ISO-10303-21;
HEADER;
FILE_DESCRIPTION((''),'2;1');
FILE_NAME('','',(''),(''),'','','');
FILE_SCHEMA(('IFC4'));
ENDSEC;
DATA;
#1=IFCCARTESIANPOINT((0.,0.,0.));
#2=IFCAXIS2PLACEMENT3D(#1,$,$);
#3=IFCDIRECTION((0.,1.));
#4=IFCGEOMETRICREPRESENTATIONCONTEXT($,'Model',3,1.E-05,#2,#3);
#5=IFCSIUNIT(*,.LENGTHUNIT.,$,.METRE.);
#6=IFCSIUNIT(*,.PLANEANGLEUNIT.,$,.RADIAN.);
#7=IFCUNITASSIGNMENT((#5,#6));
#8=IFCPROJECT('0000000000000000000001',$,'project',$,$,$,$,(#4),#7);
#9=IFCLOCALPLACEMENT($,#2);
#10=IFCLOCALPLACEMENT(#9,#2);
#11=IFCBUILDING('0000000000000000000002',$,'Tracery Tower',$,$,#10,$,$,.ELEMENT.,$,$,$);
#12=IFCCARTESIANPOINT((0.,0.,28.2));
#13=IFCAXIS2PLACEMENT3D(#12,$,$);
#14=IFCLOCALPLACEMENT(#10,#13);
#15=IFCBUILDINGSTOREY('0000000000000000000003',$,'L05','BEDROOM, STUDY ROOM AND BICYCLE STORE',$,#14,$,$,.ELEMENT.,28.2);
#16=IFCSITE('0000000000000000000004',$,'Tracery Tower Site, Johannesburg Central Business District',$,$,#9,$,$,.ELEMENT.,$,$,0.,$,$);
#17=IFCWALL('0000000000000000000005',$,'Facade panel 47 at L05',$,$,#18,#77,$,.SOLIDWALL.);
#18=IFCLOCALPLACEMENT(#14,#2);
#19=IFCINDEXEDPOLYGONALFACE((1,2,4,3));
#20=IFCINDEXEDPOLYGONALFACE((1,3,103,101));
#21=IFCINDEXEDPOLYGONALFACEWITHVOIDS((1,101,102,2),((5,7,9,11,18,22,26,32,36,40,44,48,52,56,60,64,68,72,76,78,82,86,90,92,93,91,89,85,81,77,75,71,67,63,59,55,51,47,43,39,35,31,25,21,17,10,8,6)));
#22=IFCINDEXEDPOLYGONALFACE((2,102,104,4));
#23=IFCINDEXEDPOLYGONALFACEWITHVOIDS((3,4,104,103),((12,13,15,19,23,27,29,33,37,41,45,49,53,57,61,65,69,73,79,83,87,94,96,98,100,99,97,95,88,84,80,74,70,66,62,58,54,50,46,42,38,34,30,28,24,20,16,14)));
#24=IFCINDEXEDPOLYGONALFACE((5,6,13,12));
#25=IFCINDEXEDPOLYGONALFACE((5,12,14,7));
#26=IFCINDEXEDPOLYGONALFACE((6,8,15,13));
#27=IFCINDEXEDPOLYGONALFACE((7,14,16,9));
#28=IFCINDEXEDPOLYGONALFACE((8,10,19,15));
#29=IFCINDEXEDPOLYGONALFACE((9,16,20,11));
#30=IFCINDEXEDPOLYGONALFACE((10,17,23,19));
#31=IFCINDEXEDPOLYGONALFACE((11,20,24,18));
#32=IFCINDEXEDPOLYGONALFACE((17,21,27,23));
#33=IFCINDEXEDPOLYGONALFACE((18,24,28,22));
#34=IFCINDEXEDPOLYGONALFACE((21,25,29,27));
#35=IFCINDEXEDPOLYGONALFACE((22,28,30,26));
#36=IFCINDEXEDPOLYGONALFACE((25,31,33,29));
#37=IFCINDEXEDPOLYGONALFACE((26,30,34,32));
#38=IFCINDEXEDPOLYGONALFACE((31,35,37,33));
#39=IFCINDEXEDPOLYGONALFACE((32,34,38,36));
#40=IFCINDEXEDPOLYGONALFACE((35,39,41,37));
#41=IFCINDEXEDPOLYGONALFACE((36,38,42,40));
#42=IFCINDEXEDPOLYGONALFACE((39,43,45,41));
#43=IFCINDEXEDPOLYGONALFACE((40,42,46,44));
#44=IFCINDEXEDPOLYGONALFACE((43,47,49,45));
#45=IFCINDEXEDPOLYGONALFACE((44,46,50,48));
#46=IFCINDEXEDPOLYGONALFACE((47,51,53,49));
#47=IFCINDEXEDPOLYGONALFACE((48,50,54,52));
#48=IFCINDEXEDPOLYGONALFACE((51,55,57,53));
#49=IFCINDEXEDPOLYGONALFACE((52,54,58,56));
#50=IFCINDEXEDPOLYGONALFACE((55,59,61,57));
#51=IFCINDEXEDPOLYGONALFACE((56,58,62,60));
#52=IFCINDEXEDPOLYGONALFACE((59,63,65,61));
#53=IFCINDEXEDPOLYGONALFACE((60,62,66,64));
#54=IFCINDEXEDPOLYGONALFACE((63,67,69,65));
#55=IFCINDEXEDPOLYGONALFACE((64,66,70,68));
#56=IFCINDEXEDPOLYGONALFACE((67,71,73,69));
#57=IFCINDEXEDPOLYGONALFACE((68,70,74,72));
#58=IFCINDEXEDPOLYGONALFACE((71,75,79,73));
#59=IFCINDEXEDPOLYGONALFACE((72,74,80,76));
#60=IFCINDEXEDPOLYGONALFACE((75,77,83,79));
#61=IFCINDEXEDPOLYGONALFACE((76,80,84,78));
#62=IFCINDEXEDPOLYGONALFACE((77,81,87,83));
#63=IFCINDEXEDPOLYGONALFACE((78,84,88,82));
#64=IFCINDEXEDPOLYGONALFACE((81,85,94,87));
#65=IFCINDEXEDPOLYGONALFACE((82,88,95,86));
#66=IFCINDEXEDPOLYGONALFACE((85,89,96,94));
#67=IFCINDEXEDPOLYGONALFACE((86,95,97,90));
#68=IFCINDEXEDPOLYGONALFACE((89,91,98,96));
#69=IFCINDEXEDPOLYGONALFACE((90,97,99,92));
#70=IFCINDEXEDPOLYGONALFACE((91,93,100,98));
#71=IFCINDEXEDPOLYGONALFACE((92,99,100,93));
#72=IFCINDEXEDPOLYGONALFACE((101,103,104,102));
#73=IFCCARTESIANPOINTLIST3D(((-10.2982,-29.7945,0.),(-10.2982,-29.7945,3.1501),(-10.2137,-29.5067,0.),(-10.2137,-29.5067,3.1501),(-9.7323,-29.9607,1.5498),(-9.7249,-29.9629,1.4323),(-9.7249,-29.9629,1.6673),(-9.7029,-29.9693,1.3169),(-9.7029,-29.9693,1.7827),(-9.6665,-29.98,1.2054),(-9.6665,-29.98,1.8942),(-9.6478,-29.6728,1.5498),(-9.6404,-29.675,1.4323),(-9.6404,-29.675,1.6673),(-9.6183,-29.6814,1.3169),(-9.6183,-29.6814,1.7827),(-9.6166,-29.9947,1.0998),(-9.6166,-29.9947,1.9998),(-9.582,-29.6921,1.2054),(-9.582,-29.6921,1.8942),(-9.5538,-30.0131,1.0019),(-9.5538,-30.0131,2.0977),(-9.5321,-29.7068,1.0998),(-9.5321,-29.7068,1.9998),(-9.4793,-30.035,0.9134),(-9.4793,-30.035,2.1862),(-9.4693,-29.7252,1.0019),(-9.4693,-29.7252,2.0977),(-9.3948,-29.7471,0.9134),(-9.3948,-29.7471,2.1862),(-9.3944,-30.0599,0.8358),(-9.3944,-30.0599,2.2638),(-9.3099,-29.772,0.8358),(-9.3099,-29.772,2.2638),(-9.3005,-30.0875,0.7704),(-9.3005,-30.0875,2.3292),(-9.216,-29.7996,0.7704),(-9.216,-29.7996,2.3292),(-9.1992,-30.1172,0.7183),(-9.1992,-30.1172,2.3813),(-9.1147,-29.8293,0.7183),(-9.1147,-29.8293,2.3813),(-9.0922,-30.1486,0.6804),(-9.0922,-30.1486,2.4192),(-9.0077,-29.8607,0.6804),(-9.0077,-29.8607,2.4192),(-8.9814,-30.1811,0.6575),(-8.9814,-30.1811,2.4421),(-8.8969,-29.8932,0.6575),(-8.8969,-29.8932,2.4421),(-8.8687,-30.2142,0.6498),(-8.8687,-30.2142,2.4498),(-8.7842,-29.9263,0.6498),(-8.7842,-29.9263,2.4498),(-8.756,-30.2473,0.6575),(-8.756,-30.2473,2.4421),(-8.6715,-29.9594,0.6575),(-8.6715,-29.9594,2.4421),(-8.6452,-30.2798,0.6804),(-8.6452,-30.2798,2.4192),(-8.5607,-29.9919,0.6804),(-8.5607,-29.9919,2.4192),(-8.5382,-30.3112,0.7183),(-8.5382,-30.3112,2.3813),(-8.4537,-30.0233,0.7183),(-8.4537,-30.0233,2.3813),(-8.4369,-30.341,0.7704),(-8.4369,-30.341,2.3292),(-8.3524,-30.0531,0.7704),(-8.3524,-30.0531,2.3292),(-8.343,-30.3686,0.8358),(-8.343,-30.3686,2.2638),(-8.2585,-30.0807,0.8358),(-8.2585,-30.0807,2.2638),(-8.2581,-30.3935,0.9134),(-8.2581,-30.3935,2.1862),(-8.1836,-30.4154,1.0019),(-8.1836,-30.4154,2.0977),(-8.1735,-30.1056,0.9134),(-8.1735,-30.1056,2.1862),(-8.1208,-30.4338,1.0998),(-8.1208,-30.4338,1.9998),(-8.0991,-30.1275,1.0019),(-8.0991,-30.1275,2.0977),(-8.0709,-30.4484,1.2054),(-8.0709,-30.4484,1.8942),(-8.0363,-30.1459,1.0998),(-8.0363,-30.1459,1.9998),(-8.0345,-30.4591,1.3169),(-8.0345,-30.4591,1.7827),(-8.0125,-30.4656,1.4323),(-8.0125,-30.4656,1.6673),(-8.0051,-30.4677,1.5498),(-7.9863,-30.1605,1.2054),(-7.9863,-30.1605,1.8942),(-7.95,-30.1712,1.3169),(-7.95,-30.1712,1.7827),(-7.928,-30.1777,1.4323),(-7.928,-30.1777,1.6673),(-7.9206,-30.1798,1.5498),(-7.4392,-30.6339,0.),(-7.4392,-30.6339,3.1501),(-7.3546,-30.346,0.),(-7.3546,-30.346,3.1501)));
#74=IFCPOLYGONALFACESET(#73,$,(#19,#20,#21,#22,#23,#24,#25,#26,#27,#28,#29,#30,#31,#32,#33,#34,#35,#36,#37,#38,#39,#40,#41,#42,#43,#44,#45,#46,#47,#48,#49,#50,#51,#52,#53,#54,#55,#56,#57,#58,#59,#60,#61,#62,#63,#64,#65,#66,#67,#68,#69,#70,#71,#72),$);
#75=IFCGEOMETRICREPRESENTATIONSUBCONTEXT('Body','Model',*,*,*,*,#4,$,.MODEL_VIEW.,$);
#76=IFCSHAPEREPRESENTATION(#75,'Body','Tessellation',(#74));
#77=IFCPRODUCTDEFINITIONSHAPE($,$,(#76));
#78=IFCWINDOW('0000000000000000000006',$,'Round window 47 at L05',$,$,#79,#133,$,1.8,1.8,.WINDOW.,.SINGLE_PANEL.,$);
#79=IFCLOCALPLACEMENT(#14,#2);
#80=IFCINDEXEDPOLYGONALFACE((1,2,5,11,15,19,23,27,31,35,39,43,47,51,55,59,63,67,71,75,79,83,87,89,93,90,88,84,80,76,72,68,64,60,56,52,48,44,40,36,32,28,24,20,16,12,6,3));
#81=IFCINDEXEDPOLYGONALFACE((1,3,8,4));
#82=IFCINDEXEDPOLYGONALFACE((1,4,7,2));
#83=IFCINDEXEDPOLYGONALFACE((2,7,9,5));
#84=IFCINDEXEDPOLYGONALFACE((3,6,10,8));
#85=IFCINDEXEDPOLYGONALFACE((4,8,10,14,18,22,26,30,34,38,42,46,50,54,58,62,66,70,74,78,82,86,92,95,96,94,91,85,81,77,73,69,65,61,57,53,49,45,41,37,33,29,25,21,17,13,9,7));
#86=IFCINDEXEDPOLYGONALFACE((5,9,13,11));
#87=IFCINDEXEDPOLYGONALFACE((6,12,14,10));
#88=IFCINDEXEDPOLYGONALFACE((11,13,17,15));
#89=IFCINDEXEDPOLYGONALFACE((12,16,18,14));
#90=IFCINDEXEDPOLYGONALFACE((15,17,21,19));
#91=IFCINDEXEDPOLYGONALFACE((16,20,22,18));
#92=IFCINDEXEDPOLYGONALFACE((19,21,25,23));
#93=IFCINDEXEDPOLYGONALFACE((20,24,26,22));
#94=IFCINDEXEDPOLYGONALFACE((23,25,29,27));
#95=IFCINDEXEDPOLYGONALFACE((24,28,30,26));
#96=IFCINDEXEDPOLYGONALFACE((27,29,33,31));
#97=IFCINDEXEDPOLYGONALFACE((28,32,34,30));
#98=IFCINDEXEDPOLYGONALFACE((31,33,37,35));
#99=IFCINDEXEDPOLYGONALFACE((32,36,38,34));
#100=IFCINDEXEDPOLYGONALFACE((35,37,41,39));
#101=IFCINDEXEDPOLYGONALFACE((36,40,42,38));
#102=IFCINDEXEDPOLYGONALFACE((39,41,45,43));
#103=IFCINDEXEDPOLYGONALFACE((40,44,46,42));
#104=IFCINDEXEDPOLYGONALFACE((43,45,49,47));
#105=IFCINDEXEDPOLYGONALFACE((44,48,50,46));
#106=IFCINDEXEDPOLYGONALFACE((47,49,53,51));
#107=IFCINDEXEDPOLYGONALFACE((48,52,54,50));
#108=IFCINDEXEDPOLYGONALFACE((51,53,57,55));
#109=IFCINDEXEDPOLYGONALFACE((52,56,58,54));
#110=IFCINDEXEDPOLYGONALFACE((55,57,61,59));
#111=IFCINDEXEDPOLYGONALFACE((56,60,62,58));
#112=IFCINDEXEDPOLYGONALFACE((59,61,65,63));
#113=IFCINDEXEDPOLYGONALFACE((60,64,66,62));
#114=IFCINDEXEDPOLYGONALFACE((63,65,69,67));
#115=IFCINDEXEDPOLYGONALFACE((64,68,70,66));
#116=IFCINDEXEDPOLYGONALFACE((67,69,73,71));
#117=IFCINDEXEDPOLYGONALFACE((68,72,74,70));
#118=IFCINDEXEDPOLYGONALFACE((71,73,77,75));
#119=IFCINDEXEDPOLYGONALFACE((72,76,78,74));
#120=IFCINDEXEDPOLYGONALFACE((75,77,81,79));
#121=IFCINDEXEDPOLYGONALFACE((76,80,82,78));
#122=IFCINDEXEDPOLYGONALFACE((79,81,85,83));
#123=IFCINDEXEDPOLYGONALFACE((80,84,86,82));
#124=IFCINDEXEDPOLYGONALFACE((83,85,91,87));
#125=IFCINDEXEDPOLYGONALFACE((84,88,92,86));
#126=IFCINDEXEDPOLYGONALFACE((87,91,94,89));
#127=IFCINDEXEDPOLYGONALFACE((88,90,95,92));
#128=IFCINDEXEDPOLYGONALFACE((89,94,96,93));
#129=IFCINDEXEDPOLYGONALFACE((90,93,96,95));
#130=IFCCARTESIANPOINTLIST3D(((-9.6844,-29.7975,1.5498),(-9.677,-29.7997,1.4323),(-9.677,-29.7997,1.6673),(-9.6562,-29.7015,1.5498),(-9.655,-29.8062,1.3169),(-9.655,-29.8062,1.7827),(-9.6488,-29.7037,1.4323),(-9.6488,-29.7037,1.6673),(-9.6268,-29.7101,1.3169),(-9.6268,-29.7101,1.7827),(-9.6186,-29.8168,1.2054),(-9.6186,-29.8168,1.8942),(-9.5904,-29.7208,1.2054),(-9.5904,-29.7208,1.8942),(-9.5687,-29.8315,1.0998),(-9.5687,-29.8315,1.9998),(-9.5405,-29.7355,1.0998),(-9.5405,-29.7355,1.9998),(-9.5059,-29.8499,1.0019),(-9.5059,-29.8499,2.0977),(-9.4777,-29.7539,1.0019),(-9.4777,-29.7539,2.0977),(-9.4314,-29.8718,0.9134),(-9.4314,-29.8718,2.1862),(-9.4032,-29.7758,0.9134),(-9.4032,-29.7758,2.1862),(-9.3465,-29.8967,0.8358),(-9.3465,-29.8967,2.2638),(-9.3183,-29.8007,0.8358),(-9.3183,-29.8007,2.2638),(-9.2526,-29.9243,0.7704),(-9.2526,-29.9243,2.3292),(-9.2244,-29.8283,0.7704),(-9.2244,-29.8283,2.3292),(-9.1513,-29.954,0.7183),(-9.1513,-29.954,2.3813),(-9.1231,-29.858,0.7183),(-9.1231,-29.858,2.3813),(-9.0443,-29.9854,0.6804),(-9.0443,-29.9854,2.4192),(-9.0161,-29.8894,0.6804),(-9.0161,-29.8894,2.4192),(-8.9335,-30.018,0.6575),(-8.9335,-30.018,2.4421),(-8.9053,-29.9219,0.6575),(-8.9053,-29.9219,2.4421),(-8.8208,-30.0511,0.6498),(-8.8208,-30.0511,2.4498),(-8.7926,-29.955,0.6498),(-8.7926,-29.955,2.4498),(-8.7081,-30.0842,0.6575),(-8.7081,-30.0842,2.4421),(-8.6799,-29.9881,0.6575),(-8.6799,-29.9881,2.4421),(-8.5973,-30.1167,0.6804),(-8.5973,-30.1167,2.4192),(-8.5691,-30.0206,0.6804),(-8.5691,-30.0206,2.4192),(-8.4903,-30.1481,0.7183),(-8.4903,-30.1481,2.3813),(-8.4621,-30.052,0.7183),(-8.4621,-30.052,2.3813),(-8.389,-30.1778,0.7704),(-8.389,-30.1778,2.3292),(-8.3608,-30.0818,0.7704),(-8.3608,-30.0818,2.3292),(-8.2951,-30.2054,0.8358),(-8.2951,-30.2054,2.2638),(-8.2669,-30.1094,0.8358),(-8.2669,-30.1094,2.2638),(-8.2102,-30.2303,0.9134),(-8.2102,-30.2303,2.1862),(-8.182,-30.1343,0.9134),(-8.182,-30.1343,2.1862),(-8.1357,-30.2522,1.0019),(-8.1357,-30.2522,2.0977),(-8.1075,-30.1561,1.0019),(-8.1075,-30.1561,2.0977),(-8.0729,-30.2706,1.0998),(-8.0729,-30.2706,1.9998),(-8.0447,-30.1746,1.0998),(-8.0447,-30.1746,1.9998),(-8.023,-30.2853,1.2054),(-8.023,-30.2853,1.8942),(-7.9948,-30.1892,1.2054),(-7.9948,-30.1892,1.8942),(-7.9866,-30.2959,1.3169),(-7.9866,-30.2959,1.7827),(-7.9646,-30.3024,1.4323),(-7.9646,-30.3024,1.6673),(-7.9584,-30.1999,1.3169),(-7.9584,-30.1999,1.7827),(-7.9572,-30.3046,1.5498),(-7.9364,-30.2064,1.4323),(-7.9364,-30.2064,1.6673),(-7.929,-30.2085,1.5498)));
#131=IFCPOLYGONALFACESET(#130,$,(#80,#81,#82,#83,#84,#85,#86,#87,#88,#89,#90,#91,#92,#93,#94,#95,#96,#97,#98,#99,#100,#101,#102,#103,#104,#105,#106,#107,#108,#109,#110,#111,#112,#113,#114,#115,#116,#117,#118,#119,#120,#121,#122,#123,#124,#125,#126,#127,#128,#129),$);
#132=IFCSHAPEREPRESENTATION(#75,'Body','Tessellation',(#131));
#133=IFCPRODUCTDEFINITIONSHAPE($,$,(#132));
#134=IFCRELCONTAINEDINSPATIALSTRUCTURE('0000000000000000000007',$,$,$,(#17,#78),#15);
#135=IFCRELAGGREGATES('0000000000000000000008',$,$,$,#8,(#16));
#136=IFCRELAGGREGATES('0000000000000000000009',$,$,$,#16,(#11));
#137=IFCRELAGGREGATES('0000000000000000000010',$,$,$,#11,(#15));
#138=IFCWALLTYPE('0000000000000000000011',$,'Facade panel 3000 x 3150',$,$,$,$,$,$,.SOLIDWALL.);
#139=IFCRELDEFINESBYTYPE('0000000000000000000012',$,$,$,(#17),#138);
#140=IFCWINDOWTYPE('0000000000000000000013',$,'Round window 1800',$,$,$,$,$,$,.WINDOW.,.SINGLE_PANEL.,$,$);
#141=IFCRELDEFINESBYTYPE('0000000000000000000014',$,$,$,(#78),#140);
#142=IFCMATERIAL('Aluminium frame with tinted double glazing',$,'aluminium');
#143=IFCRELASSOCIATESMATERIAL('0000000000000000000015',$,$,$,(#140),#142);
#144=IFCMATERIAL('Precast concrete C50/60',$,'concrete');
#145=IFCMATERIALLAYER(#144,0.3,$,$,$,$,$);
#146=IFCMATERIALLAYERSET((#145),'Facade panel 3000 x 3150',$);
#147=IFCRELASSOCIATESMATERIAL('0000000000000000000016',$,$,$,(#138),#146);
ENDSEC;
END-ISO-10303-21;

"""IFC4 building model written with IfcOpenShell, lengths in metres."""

from ifc_helpers import new_model, si_unit, direction, frame, frame_2d, origin, origin_2d, place, context, subcontext, project, spatial, rectangle, circle, extrude, material, layer, layer_set, type_object, element, fill, save


model = new_model("IFC4")

# Units and contexts
model_context = context("Model", 3, precision=1e-05, world=origin(), true_north=direction((0.0, 1.0)))
body_context = subcontext(model_context, "Body", "Model", "MODEL_VIEW")
ifc_project = project(units=[si_unit("LENGTHUNIT", "METRE"), si_unit("PLANEANGLEUNIT", "RADIAN")], contexts=[model_context])

# Site, building, storey
site_placement = place(None, origin())
site = spatial("IfcSite", under=ifc_project, at=site_placement, Name="Tracery Tower Site, Johannesburg Central Business District", CompositionType="ELEMENT", RefElevation=0.0)
building_placement = place(site_placement, origin())
building = spatial("IfcBuilding", under=site, at=building_placement, Name="Tracery Tower", CompositionType="ELEMENT")
storey_placement = place(building_placement, frame((0.0, 0.0, 28.2)))
storey = spatial("IfcBuildingStorey", under=building, at=storey_placement, Name="L05", Description="BEDROOM, STUDY ROOM AND BICYCLE STORE", CompositionType="ELEMENT", Elevation=28.2)

# Wall, opening, window
ifc_material_1 = material(Name="Aluminium frame with tinted double glazing", Category="aluminium")
window_type = type_object("IfcWindowType", Name="Round window 1800", PartitioningType="SINGLE_PANEL", PredefinedType="WINDOW", material=ifc_material_1)
ifc_material_2 = material(Name="Precast concrete C50/60", Category="concrete")
ifc_layer_1 = layer(ifc_material_2, 0.3)
ifc_layer_set_1 = layer_set([ifc_layer_1], Name="Facade panel 3000 x 3150")
wall_type_1 = type_object("IfcWallType", Name="Facade panel 3000 x 3150", PredefinedType="SOLIDWALL", material=ifc_layer_set_1)
wall_1_placement = place(storey_placement, frame((-10.2559, -29.6506, 0.0), z_axis=(0.0, 0.0, 1.0), x_axis=(0.959508, -0.281683, 0.0)))
wall_1 = element("IfcWall", 1, at=wall_1_placement, inside=storey, type_object=wall_type_1, Name="Facade panel 47 at L05", PredefinedType="SOLIDWALL", context=body_context, shape_type="SweptSolid", body=[
    extrude(rectangle(XDim=2.9797, YDim=0.3, at=frame_2d((1.4897, 0.0))), origin(), (0.0, 0.0, 1.0), 3.1501),
])
opening_1_placement = place(wall_1_placement, frame((1.4897, 0.0, 1.5498)))
opening_1 = element("IfcOpeningElement", 2, at=opening_1_placement, cuts=wall_1, PredefinedType="OPENING", context=body_context, shape_type="SweptSolid", body=[
    extrude(circle(Radius=0.9, at=origin_2d()), frame((0.0, 0.1599, 0.0), z_axis=(0.0, -1.0, 0.0), x_axis=(1.0, 0.0, 0.0)), (0.0, 0.0, 1.0), 0.3201),
])
window_1_placement = place(opening_1_placement, origin())
window_1 = element("IfcWindow", 3, at=window_1_placement, inside=storey, type_object=window_type, Name="Round window 47 at L05", OverallHeight=1.8, OverallWidth=1.8, PartitioningType="SINGLE_PANEL", PredefinedType="WINDOW", context=body_context, shape_type="SweptSolid", body=[
    extrude(circle(Radius=0.9, at=origin_2d()), frame((0.0, 0.1201, 0.0), z_axis=(0.0, -1.0, 0.0), x_axis=(1.0, 0.0, 0.0)), (0.0, 0.0, 1.0), 0.1001),
])
fill(opening_1, window_1)

save(model, "model.ifc")
